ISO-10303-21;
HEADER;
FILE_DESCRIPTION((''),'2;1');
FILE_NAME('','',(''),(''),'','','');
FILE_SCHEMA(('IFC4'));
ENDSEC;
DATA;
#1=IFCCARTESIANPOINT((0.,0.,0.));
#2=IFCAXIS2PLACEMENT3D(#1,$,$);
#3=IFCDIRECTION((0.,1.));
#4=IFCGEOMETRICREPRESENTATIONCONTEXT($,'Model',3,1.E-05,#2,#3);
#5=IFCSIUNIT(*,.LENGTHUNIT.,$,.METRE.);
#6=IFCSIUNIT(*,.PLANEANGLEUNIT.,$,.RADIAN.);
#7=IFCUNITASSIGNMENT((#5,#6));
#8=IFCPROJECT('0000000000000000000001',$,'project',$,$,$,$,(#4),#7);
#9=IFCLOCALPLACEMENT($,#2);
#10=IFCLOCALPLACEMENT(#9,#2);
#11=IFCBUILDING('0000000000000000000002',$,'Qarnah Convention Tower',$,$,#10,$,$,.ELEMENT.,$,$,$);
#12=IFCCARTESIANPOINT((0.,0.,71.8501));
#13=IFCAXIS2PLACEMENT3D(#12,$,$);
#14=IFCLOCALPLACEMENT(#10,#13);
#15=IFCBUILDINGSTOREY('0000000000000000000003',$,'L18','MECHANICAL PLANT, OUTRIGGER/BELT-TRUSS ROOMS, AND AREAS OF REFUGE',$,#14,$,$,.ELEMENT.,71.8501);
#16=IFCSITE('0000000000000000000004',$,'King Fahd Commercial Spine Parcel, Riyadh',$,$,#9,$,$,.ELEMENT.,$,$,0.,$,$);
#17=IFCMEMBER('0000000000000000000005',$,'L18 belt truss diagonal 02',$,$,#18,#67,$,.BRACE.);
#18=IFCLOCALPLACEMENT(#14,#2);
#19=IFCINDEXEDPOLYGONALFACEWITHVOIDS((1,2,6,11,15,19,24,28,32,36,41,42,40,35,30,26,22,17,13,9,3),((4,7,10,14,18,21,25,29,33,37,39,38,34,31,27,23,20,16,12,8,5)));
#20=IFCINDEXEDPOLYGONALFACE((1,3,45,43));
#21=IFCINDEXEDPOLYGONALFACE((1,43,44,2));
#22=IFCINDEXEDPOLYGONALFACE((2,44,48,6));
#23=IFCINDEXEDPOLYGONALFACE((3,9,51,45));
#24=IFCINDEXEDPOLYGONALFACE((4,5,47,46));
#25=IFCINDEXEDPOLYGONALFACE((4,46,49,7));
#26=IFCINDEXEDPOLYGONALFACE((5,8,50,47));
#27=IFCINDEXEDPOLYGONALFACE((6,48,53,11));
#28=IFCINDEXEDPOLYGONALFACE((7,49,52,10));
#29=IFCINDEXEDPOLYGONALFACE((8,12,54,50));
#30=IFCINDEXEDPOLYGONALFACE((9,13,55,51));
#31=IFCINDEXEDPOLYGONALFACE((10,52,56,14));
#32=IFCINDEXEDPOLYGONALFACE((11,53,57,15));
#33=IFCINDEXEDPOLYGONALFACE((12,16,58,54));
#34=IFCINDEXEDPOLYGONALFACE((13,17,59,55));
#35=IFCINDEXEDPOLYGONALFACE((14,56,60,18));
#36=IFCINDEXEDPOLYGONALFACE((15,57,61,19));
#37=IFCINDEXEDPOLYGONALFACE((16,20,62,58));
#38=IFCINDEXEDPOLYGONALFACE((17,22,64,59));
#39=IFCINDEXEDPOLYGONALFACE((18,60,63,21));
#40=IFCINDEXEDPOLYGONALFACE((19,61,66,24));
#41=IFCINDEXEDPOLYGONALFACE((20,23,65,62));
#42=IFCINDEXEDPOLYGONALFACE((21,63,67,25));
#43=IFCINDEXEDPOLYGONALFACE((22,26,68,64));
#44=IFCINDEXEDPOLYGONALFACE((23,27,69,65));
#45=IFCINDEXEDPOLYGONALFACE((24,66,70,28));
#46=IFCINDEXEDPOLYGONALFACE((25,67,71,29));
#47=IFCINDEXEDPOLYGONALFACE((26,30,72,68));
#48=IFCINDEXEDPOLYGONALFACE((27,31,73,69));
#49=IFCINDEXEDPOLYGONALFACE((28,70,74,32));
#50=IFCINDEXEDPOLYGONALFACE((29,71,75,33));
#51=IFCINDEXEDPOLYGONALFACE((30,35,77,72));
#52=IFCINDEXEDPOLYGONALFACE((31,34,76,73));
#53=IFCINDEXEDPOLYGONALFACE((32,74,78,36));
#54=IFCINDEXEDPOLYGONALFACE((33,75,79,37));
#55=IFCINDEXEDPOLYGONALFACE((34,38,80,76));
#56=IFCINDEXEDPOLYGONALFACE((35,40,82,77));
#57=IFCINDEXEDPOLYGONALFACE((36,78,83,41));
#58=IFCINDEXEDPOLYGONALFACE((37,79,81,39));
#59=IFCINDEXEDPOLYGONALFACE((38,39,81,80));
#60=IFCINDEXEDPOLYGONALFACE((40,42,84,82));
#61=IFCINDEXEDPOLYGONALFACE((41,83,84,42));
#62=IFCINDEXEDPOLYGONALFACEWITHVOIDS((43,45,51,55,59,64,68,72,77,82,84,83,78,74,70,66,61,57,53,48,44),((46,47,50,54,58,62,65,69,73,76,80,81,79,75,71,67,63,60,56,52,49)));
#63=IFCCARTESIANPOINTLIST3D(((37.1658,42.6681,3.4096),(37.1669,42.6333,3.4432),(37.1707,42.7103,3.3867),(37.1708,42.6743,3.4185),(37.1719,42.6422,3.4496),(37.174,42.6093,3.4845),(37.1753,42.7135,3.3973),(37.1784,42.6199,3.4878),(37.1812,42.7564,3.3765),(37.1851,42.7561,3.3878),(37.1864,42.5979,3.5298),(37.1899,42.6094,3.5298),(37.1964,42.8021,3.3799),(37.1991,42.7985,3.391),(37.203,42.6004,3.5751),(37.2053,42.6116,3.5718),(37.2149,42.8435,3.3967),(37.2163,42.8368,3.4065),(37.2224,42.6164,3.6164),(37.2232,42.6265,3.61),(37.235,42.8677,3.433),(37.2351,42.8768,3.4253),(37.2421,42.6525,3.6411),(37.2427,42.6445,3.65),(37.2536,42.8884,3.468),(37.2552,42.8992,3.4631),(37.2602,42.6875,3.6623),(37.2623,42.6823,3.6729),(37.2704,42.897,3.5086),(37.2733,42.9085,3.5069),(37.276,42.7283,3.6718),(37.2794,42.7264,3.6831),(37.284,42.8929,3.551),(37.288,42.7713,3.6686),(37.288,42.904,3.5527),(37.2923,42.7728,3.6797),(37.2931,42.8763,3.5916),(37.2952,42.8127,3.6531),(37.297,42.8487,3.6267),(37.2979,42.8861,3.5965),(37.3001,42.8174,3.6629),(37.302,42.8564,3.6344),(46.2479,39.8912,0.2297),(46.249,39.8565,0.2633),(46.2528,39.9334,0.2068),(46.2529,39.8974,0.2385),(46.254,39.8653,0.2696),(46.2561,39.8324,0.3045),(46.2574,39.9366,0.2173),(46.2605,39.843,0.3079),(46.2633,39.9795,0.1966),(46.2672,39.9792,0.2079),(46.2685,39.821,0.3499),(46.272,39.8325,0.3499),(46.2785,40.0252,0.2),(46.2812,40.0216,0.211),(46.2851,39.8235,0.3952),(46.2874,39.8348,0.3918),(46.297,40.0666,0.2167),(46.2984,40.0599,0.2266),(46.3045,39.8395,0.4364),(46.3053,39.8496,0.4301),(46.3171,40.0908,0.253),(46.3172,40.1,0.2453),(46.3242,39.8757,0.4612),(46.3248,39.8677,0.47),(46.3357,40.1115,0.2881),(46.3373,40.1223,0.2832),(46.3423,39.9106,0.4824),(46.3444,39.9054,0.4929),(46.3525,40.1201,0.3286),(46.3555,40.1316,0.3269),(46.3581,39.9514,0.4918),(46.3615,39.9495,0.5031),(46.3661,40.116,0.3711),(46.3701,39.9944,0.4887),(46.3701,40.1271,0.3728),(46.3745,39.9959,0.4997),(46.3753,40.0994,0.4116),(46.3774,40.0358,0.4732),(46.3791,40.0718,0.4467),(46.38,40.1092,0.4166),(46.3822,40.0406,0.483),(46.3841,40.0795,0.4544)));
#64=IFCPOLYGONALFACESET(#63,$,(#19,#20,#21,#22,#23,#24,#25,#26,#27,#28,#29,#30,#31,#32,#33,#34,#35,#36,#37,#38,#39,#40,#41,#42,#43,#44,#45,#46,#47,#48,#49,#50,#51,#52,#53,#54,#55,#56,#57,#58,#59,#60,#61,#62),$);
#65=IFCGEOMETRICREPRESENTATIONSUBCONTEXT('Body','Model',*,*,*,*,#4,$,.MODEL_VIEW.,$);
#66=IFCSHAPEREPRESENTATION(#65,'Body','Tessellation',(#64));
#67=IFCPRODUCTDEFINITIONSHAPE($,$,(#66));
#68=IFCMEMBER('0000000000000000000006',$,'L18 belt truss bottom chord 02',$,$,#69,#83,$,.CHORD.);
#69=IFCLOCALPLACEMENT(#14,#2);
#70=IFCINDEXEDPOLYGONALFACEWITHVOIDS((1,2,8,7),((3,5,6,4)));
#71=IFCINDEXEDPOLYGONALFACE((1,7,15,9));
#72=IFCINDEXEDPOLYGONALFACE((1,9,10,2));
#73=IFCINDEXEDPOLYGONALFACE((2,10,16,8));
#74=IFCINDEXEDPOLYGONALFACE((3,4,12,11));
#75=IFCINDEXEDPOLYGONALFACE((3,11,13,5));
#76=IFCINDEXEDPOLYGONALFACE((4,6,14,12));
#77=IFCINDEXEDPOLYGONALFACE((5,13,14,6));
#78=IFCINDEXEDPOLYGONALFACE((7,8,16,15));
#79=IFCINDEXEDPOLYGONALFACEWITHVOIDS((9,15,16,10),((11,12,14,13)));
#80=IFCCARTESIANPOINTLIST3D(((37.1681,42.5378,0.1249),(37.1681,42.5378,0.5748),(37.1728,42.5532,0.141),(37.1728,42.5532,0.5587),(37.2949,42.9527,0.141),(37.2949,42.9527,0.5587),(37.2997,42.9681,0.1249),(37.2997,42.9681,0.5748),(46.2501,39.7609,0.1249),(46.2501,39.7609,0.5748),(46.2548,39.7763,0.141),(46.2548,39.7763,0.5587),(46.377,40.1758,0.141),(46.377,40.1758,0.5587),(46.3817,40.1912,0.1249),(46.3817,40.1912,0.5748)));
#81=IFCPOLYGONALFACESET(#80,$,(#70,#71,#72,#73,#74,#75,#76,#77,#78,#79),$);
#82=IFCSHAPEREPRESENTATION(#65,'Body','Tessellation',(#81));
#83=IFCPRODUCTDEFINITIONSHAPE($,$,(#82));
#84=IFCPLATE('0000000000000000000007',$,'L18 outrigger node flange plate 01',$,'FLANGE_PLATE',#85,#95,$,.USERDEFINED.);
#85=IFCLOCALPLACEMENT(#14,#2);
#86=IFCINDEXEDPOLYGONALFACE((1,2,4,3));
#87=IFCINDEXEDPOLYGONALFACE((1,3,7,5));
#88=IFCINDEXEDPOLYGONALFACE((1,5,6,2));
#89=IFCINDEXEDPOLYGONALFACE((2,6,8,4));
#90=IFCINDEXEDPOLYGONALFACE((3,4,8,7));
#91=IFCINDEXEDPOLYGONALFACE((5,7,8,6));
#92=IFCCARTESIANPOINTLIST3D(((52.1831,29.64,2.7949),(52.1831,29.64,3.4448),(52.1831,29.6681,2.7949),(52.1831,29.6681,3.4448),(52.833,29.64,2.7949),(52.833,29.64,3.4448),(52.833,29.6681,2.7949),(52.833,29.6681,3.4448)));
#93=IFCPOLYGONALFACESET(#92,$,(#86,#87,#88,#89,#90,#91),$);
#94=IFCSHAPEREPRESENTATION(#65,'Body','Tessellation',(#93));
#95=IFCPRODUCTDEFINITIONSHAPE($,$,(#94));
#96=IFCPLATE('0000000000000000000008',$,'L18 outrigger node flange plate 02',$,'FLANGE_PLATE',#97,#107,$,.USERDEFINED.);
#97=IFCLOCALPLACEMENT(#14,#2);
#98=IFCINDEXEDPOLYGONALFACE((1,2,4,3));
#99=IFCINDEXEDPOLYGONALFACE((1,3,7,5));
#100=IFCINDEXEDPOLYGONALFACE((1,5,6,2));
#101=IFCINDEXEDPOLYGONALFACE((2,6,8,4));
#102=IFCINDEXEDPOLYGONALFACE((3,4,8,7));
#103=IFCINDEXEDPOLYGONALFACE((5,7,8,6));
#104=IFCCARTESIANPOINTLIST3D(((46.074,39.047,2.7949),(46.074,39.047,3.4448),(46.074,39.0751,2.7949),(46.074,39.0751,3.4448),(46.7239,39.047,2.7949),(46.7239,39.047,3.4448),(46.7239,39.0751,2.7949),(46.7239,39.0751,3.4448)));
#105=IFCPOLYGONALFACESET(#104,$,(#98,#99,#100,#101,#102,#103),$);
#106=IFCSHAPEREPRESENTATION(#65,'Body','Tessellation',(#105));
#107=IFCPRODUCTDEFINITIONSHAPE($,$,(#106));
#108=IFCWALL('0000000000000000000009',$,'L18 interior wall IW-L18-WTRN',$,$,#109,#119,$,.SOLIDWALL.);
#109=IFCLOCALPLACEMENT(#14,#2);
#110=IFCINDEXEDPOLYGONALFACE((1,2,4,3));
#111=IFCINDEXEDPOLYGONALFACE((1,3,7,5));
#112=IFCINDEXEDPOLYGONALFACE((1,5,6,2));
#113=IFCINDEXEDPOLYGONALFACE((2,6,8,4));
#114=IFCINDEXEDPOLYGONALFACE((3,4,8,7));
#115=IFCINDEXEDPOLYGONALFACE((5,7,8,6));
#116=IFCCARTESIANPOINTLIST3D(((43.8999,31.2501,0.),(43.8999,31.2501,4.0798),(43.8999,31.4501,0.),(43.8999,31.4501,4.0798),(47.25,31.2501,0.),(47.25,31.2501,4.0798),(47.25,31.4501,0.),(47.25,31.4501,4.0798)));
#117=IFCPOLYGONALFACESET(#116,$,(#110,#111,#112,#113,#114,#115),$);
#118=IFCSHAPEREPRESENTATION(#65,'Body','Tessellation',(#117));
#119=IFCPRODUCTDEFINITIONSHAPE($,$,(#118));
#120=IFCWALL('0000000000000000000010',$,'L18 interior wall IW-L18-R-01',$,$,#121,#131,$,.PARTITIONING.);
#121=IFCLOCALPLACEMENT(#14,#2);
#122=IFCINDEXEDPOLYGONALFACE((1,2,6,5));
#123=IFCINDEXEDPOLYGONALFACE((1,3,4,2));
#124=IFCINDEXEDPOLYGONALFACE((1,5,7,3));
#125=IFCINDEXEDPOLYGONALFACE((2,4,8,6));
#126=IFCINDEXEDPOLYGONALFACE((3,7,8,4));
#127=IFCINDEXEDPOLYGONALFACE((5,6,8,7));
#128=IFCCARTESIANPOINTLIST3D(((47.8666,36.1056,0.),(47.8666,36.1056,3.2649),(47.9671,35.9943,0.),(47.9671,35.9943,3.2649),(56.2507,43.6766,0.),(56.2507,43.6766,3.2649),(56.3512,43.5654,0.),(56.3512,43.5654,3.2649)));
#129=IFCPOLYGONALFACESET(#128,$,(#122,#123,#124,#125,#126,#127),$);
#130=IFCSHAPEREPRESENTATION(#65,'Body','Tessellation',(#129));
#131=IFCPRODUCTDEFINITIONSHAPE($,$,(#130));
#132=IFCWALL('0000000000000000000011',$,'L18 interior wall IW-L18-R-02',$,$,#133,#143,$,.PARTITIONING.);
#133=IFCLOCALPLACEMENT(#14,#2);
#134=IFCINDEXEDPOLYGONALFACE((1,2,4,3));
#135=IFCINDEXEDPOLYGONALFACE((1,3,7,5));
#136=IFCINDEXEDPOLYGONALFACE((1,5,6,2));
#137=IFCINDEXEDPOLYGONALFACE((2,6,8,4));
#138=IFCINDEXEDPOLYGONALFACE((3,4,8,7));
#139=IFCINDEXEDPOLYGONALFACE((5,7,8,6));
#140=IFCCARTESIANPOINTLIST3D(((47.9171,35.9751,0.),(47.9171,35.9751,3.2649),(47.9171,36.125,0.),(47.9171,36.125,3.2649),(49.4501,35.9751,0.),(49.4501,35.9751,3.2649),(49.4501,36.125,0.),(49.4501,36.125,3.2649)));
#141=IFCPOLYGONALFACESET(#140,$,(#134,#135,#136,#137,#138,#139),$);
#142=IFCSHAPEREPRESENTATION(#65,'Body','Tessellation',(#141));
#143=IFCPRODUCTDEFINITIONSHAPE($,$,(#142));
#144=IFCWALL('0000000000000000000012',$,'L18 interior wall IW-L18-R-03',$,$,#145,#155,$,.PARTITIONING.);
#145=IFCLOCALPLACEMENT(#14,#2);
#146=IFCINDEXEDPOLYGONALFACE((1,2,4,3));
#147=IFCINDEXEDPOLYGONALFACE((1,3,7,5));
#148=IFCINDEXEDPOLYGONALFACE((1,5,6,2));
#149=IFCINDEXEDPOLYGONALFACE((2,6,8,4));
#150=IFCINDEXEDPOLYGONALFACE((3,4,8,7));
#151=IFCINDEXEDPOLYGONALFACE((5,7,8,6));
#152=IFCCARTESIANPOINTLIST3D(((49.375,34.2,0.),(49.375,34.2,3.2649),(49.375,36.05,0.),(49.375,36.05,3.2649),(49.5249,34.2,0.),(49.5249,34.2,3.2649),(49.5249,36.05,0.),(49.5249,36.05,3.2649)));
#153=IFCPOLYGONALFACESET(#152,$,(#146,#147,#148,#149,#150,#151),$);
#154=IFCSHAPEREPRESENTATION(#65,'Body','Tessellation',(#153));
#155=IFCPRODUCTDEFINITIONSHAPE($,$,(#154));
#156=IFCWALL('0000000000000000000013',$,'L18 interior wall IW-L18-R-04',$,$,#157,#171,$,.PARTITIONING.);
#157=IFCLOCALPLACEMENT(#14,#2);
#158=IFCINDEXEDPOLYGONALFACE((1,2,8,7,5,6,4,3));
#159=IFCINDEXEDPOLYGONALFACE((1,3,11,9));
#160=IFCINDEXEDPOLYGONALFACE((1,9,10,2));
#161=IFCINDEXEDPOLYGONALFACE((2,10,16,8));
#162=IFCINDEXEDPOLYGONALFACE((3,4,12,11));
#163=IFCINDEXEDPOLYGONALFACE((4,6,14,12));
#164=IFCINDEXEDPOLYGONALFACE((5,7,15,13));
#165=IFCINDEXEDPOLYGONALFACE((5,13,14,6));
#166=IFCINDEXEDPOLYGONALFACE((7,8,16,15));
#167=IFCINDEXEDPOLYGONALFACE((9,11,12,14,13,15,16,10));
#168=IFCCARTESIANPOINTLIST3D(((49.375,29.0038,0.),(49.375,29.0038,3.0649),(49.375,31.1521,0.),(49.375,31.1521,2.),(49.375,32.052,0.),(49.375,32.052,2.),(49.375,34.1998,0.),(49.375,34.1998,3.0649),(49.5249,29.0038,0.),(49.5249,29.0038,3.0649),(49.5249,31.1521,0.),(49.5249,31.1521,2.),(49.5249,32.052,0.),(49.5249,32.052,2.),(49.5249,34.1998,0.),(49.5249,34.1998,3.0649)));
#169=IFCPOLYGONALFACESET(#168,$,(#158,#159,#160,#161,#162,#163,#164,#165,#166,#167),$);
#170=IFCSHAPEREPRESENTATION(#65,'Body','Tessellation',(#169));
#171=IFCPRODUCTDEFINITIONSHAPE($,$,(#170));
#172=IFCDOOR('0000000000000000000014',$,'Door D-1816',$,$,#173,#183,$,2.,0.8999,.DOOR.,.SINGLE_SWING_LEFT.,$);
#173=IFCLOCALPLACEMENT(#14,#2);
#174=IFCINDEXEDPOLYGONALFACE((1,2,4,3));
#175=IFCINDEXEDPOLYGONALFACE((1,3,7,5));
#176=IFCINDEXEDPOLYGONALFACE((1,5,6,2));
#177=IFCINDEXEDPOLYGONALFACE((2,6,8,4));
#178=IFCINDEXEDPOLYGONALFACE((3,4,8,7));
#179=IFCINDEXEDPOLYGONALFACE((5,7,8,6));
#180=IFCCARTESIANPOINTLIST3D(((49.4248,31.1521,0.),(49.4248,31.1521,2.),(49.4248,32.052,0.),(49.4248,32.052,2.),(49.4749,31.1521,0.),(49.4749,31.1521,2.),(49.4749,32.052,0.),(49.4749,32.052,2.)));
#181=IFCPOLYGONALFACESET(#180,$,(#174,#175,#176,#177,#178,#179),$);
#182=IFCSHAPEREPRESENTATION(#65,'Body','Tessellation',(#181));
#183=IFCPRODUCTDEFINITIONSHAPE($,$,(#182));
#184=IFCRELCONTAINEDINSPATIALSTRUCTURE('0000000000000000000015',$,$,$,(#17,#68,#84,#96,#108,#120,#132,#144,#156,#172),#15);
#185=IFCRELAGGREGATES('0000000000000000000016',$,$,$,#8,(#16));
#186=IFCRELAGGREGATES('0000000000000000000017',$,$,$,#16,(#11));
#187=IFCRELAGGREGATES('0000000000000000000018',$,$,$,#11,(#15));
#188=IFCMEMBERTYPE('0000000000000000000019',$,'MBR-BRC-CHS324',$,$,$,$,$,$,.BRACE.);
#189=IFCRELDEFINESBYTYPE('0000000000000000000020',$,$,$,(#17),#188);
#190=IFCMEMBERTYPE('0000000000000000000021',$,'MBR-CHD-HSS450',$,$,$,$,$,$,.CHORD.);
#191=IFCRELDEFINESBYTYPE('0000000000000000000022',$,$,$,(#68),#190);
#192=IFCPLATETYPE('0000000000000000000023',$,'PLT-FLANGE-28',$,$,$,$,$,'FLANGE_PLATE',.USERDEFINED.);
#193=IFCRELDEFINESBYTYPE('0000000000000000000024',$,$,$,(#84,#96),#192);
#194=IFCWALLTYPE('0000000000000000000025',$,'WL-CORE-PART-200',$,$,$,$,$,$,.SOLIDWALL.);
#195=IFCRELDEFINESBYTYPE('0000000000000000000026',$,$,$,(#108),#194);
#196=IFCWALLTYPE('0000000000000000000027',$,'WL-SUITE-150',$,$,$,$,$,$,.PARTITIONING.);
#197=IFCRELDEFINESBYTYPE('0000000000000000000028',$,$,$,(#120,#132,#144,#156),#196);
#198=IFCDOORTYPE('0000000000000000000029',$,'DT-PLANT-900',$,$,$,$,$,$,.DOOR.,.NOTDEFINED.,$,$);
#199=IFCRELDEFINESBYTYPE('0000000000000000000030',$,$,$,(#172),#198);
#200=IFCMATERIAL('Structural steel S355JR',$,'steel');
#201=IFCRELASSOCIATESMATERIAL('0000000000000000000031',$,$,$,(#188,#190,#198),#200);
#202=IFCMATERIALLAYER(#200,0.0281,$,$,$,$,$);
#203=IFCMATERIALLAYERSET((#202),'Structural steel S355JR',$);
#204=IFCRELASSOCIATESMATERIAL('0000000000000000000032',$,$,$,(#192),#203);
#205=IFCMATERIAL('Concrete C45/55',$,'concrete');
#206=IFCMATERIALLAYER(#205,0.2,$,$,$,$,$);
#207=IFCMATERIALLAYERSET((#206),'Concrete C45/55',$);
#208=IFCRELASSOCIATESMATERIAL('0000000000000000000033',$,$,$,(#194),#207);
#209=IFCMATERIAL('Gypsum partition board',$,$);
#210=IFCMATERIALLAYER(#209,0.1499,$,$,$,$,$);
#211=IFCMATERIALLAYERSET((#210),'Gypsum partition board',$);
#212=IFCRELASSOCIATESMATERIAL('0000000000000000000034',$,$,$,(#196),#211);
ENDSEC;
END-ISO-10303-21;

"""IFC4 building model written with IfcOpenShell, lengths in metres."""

from ifc_helpers import new_model, si_unit, direction, frame, frame_2d, origin, origin_2d, place, context, subcontext, project, spatial, rectangle, hollow_rectangle, hollow_circle, extrude, material, layer, layer_set, material_profile, profile_set, type_object, element, fill, save


model = new_model("IFC4")

# Units and contexts
model_context = context("Model", 3, precision=1e-05, world=origin(), true_north=direction((0.0, 1.0)))
body_context = subcontext(model_context, "Body", "Model", "MODEL_VIEW")
ifc_project = project(units=[si_unit("LENGTHUNIT", "METRE"), si_unit("PLANEANGLEUNIT", "RADIAN")], contexts=[model_context])

# Site, building, storey
site_placement = place(None, origin())
site = spatial("IfcSite", under=ifc_project, at=site_placement, Name="King Fahd Commercial Spine Parcel, Riyadh", CompositionType="ELEMENT", RefElevation=0.0)
building_placement = place(site_placement, origin())
building = spatial("IfcBuilding", under=site, at=building_placement, Name="Qarnah Convention Tower", CompositionType="ELEMENT")
storey_placement = place(building_placement, frame((0.0, 0.0, 71.8501)))
storey = spatial("IfcBuildingStorey", under=building, at=storey_placement, Name="L18", Description="MECHANICAL PLANT, OUTRIGGER/BELT-TRUSS ROOMS, AND AREAS OF REFUGE", CompositionType="ELEMENT", Elevation=71.8501)

# Shared definitions
ifc_material_1 = material(Name="Structural steel S355JR", Category="steel")

# Members
ifc_material_profile_1 = material_profile(ifc_material_1, hollow_circle(Radius=0.1621, WallThickness=0.012, at=origin_2d()), Name="CHS324X12")
ifc_profile_set_1 = profile_set([ifc_material_profile_1], Name="Structural steel S355JR")
member_type_1 = type_object("IfcMemberType", Name="MBR-BRC-CHS324", PredefinedType="BRACE", material=ifc_profile_set_1)
member_1_placement = place(storey_placement, frame((46.3159, 39.9761, 0.3499), z_axis=(-0.906816, 0.277261, 0.317507), x_axis=(-0.292391, -0.956299, 0.0)))
element("IfcMember", 1, at=member_1_placement, inside=storey, type_object=member_type_1, Name="L18 belt truss diagonal 02", PredefinedType="BRACE", context=body_context, shape_type="SweptSolid", body=[
    extrude(hollow_circle(Radius=0.1621, WallThickness=0.012, at=origin_2d()), origin(), (0.0, 0.0, 1.0), 10.0154),
])
ifc_material_profile_2 = material_profile(ifc_material_1, hollow_rectangle(XDim=0.45, YDim=0.45, WallThickness=0.0161, at=origin_2d()), Name="HSS450X450X16")
ifc_profile_set_2 = profile_set([ifc_material_profile_2], Name="Structural steel S355JR")
member_type_2 = type_object("IfcMemberType", Name="MBR-CHD-HSS450", PredefinedType="CHORD", material=ifc_profile_set_2)
member_2_placement = place(storey_placement, frame((46.3159, 39.9761, 0.3499), z_axis=(-0.956299, 0.292391, 0.0), x_axis=(-0.292391, -0.956299, 0.0)))
element("IfcMember", 2, at=member_2_placement, inside=storey, type_object=member_type_2, Name="L18 belt truss bottom chord 02", PredefinedType="CHORD", context=body_context, shape_type="SweptSolid", body=[
    extrude(hollow_rectangle(XDim=0.45, YDim=0.45, WallThickness=0.0161, at=origin_2d()), origin(), (0.0, 0.0, 1.0), 9.4971),
])

# Plates
ifc_layer_1 = layer(ifc_material_1, 0.0281)
ifc_layer_set_1 = layer_set([ifc_layer_1], Name="Structural steel S355JR")
plate_type = type_object("IfcPlateType", Name="PLT-FLANGE-28", ElementType="FLANGE_PLATE", PredefinedType="USERDEFINED", material=ifc_layer_set_1)
for number, where, z_axis, x_axis, name in (
    (3, (52.5081, 29.6541, 2.7949), (0.0, 0.0, 1.0), (1.0, 0.0, 0.0), "L18 outrigger node flange plate 01"),
    (4, (46.3989, 39.061, 2.7949), (0.0, 0.0, 1.0), (1.0, 0.0, 0.0), "L18 outrigger node flange plate 02"),
):
    element("IfcPlate", number, at=place(storey_placement, frame(where, z_axis=z_axis, x_axis=x_axis)), inside=storey, type_object=plate_type, Name=name, ObjectType="FLANGE_PLATE", PredefinedType="USERDEFINED", context=body_context, shape_type="SweptSolid", body=[
        extrude(rectangle(XDim=0.6499, YDim=0.0281, at=origin_2d()), origin(), (0.0, 0.0, 1.0), 0.6499),
    ])

# Walls
ifc_material_2 = material(Name="Concrete C45/55", Category="concrete")
ifc_layer_2 = layer(ifc_material_2, 0.2)
ifc_layer_set_2 = layer_set([ifc_layer_2], Name="Concrete C45/55")
wall_type_1 = type_object("IfcWallType", Name="WL-CORE-PART-200", PredefinedType="SOLIDWALL", material=ifc_layer_set_2)
wall_1_placement = place(storey_placement, frame((43.8999, 31.3501, 0.0), z_axis=(0.0, 0.0, 1.0), x_axis=(1.0, 0.0, 0.0)))
element("IfcWall", 5, at=wall_1_placement, inside=storey, type_object=wall_type_1, Name="L18 interior wall IW-L18-WTRN", PredefinedType="SOLIDWALL", context=body_context, shape_type="SweptSolid", body=[
    extrude(rectangle(XDim=3.3501, YDim=0.2, at=frame_2d((1.675, 0.0))), origin(), (0.0, 0.0, 1.0), 4.0798),
])
ifc_material_3 = material(Name="Gypsum partition board")
ifc_layer_3 = layer(ifc_material_3, 0.1499)
ifc_layer_set_3 = layer_set([ifc_layer_3], Name="Gypsum partition board")
wall_type_2 = type_object("IfcWallType", Name="WL-SUITE-150", PredefinedType="PARTITIONING", material=ifc_layer_set_3)
wall_2_placement = place(storey_placement, frame((56.301, 43.6211, 0.0), z_axis=(0.0, 0.0, 1.0), x_axis=(-0.742174, -0.670207, 0.0)))
element("IfcWall", 6, at=wall_2_placement, inside=storey, type_object=wall_type_2, Name="L18 interior wall IW-L18-R-01", PredefinedType="PARTITIONING", context=body_context, shape_type="SweptSolid", body=[
    extrude(rectangle(XDim=11.2966, YDim=0.1499, at=frame_2d((5.6484, 0.0))), origin(), (0.0, 0.0, 1.0), 3.2649),
])
wall_3_placement = place(storey_placement, frame((47.917, 36.05, 0.0), z_axis=(0.0, 0.0, 1.0), x_axis=(1.0, 0.0, 0.0)))
element("IfcWall", 7, at=wall_3_placement, inside=storey, type_object=wall_type_2, Name="L18 interior wall IW-L18-R-02", PredefinedType="PARTITIONING", context=body_context, shape_type="SweptSolid", body=[
    extrude(rectangle(XDim=1.533, YDim=0.1499, at=frame_2d((0.7666, 0.0))), origin(), (0.0, 0.0, 1.0), 3.2649),
])
wall_4_placement = place(storey_placement, frame((49.45, 36.05, 0.0), z_axis=(0.0, 0.0, 1.0), x_axis=(0.0, -1.0, 0.0)))
element("IfcWall", 8, at=wall_4_placement, inside=storey, type_object=wall_type_2, Name="L18 interior wall IW-L18-R-03", PredefinedType="PARTITIONING", context=body_context, shape_type="SweptSolid", body=[
    extrude(rectangle(XDim=1.8501, YDim=0.1499, at=frame_2d((0.925, 0.0))), origin(), (0.0, 0.0, 1.0), 3.2649),
])

# Wall, opening, door
wall_5_placement = place(storey_placement, frame((49.45, 34.2, 0.0), z_axis=(0.0, 0.0, 1.0), x_axis=(0.0, -1.0, 0.0)))
wall_5 = element("IfcWall", 9, at=wall_5_placement, inside=storey, type_object=wall_type_2, Name="L18 interior wall IW-L18-R-04", PredefinedType="PARTITIONING", context=body_context, shape_type="SweptSolid", body=[
    extrude(rectangle(XDim=5.196, YDim=0.1499, at=frame_2d((2.5981, 0.0))), origin(), (0.0, 0.0, 1.0), 3.0649),
])
opening_1_placement = place(wall_5_placement, frame((2.1479, 0.0, 0.0)))
opening_1 = element("IfcOpeningElement", 10, at=opening_1_placement, cuts=wall_5, PredefinedType="OPENING", context=body_context, shape_type="SweptSolid", body=[
    extrude(rectangle(XDim=0.8999, YDim=2.0, at=frame_2d((0.45, 1.0))), frame((0.0, 0.085, 0.0), z_axis=(0.0, -1.0, 0.0), x_axis=(1.0, 0.0, 0.0)), (0.0, 0.0, 1.0), 0.1699),
])
door_type = type_object("IfcDoorType", Name="DT-PLANT-900", OperationType="NOTDEFINED", PredefinedType="DOOR", material=ifc_material_1)
door_1_placement = place(opening_1_placement, origin())
door_1 = element("IfcDoor", 11, at=door_1_placement, inside=storey, type_object=door_type, Name="Door D-1816", OperationType="SINGLE_SWING_LEFT", OverallHeight=2.0, OverallWidth=0.8999, PredefinedType="DOOR", context=body_context, shape_type="SweptSolid", body=[
    extrude(rectangle(XDim=0.8999, YDim=2.0, at=frame_2d((0.45, 1.0))), frame((0.0, 0.0249, 0.0), z_axis=(0.0, -1.0, 0.0), x_axis=(1.0, 0.0, 0.0)), (0.0, 0.0, 1.0), 0.05),
])
fill(opening_1, door_1)

save(model, "model.ifc")
